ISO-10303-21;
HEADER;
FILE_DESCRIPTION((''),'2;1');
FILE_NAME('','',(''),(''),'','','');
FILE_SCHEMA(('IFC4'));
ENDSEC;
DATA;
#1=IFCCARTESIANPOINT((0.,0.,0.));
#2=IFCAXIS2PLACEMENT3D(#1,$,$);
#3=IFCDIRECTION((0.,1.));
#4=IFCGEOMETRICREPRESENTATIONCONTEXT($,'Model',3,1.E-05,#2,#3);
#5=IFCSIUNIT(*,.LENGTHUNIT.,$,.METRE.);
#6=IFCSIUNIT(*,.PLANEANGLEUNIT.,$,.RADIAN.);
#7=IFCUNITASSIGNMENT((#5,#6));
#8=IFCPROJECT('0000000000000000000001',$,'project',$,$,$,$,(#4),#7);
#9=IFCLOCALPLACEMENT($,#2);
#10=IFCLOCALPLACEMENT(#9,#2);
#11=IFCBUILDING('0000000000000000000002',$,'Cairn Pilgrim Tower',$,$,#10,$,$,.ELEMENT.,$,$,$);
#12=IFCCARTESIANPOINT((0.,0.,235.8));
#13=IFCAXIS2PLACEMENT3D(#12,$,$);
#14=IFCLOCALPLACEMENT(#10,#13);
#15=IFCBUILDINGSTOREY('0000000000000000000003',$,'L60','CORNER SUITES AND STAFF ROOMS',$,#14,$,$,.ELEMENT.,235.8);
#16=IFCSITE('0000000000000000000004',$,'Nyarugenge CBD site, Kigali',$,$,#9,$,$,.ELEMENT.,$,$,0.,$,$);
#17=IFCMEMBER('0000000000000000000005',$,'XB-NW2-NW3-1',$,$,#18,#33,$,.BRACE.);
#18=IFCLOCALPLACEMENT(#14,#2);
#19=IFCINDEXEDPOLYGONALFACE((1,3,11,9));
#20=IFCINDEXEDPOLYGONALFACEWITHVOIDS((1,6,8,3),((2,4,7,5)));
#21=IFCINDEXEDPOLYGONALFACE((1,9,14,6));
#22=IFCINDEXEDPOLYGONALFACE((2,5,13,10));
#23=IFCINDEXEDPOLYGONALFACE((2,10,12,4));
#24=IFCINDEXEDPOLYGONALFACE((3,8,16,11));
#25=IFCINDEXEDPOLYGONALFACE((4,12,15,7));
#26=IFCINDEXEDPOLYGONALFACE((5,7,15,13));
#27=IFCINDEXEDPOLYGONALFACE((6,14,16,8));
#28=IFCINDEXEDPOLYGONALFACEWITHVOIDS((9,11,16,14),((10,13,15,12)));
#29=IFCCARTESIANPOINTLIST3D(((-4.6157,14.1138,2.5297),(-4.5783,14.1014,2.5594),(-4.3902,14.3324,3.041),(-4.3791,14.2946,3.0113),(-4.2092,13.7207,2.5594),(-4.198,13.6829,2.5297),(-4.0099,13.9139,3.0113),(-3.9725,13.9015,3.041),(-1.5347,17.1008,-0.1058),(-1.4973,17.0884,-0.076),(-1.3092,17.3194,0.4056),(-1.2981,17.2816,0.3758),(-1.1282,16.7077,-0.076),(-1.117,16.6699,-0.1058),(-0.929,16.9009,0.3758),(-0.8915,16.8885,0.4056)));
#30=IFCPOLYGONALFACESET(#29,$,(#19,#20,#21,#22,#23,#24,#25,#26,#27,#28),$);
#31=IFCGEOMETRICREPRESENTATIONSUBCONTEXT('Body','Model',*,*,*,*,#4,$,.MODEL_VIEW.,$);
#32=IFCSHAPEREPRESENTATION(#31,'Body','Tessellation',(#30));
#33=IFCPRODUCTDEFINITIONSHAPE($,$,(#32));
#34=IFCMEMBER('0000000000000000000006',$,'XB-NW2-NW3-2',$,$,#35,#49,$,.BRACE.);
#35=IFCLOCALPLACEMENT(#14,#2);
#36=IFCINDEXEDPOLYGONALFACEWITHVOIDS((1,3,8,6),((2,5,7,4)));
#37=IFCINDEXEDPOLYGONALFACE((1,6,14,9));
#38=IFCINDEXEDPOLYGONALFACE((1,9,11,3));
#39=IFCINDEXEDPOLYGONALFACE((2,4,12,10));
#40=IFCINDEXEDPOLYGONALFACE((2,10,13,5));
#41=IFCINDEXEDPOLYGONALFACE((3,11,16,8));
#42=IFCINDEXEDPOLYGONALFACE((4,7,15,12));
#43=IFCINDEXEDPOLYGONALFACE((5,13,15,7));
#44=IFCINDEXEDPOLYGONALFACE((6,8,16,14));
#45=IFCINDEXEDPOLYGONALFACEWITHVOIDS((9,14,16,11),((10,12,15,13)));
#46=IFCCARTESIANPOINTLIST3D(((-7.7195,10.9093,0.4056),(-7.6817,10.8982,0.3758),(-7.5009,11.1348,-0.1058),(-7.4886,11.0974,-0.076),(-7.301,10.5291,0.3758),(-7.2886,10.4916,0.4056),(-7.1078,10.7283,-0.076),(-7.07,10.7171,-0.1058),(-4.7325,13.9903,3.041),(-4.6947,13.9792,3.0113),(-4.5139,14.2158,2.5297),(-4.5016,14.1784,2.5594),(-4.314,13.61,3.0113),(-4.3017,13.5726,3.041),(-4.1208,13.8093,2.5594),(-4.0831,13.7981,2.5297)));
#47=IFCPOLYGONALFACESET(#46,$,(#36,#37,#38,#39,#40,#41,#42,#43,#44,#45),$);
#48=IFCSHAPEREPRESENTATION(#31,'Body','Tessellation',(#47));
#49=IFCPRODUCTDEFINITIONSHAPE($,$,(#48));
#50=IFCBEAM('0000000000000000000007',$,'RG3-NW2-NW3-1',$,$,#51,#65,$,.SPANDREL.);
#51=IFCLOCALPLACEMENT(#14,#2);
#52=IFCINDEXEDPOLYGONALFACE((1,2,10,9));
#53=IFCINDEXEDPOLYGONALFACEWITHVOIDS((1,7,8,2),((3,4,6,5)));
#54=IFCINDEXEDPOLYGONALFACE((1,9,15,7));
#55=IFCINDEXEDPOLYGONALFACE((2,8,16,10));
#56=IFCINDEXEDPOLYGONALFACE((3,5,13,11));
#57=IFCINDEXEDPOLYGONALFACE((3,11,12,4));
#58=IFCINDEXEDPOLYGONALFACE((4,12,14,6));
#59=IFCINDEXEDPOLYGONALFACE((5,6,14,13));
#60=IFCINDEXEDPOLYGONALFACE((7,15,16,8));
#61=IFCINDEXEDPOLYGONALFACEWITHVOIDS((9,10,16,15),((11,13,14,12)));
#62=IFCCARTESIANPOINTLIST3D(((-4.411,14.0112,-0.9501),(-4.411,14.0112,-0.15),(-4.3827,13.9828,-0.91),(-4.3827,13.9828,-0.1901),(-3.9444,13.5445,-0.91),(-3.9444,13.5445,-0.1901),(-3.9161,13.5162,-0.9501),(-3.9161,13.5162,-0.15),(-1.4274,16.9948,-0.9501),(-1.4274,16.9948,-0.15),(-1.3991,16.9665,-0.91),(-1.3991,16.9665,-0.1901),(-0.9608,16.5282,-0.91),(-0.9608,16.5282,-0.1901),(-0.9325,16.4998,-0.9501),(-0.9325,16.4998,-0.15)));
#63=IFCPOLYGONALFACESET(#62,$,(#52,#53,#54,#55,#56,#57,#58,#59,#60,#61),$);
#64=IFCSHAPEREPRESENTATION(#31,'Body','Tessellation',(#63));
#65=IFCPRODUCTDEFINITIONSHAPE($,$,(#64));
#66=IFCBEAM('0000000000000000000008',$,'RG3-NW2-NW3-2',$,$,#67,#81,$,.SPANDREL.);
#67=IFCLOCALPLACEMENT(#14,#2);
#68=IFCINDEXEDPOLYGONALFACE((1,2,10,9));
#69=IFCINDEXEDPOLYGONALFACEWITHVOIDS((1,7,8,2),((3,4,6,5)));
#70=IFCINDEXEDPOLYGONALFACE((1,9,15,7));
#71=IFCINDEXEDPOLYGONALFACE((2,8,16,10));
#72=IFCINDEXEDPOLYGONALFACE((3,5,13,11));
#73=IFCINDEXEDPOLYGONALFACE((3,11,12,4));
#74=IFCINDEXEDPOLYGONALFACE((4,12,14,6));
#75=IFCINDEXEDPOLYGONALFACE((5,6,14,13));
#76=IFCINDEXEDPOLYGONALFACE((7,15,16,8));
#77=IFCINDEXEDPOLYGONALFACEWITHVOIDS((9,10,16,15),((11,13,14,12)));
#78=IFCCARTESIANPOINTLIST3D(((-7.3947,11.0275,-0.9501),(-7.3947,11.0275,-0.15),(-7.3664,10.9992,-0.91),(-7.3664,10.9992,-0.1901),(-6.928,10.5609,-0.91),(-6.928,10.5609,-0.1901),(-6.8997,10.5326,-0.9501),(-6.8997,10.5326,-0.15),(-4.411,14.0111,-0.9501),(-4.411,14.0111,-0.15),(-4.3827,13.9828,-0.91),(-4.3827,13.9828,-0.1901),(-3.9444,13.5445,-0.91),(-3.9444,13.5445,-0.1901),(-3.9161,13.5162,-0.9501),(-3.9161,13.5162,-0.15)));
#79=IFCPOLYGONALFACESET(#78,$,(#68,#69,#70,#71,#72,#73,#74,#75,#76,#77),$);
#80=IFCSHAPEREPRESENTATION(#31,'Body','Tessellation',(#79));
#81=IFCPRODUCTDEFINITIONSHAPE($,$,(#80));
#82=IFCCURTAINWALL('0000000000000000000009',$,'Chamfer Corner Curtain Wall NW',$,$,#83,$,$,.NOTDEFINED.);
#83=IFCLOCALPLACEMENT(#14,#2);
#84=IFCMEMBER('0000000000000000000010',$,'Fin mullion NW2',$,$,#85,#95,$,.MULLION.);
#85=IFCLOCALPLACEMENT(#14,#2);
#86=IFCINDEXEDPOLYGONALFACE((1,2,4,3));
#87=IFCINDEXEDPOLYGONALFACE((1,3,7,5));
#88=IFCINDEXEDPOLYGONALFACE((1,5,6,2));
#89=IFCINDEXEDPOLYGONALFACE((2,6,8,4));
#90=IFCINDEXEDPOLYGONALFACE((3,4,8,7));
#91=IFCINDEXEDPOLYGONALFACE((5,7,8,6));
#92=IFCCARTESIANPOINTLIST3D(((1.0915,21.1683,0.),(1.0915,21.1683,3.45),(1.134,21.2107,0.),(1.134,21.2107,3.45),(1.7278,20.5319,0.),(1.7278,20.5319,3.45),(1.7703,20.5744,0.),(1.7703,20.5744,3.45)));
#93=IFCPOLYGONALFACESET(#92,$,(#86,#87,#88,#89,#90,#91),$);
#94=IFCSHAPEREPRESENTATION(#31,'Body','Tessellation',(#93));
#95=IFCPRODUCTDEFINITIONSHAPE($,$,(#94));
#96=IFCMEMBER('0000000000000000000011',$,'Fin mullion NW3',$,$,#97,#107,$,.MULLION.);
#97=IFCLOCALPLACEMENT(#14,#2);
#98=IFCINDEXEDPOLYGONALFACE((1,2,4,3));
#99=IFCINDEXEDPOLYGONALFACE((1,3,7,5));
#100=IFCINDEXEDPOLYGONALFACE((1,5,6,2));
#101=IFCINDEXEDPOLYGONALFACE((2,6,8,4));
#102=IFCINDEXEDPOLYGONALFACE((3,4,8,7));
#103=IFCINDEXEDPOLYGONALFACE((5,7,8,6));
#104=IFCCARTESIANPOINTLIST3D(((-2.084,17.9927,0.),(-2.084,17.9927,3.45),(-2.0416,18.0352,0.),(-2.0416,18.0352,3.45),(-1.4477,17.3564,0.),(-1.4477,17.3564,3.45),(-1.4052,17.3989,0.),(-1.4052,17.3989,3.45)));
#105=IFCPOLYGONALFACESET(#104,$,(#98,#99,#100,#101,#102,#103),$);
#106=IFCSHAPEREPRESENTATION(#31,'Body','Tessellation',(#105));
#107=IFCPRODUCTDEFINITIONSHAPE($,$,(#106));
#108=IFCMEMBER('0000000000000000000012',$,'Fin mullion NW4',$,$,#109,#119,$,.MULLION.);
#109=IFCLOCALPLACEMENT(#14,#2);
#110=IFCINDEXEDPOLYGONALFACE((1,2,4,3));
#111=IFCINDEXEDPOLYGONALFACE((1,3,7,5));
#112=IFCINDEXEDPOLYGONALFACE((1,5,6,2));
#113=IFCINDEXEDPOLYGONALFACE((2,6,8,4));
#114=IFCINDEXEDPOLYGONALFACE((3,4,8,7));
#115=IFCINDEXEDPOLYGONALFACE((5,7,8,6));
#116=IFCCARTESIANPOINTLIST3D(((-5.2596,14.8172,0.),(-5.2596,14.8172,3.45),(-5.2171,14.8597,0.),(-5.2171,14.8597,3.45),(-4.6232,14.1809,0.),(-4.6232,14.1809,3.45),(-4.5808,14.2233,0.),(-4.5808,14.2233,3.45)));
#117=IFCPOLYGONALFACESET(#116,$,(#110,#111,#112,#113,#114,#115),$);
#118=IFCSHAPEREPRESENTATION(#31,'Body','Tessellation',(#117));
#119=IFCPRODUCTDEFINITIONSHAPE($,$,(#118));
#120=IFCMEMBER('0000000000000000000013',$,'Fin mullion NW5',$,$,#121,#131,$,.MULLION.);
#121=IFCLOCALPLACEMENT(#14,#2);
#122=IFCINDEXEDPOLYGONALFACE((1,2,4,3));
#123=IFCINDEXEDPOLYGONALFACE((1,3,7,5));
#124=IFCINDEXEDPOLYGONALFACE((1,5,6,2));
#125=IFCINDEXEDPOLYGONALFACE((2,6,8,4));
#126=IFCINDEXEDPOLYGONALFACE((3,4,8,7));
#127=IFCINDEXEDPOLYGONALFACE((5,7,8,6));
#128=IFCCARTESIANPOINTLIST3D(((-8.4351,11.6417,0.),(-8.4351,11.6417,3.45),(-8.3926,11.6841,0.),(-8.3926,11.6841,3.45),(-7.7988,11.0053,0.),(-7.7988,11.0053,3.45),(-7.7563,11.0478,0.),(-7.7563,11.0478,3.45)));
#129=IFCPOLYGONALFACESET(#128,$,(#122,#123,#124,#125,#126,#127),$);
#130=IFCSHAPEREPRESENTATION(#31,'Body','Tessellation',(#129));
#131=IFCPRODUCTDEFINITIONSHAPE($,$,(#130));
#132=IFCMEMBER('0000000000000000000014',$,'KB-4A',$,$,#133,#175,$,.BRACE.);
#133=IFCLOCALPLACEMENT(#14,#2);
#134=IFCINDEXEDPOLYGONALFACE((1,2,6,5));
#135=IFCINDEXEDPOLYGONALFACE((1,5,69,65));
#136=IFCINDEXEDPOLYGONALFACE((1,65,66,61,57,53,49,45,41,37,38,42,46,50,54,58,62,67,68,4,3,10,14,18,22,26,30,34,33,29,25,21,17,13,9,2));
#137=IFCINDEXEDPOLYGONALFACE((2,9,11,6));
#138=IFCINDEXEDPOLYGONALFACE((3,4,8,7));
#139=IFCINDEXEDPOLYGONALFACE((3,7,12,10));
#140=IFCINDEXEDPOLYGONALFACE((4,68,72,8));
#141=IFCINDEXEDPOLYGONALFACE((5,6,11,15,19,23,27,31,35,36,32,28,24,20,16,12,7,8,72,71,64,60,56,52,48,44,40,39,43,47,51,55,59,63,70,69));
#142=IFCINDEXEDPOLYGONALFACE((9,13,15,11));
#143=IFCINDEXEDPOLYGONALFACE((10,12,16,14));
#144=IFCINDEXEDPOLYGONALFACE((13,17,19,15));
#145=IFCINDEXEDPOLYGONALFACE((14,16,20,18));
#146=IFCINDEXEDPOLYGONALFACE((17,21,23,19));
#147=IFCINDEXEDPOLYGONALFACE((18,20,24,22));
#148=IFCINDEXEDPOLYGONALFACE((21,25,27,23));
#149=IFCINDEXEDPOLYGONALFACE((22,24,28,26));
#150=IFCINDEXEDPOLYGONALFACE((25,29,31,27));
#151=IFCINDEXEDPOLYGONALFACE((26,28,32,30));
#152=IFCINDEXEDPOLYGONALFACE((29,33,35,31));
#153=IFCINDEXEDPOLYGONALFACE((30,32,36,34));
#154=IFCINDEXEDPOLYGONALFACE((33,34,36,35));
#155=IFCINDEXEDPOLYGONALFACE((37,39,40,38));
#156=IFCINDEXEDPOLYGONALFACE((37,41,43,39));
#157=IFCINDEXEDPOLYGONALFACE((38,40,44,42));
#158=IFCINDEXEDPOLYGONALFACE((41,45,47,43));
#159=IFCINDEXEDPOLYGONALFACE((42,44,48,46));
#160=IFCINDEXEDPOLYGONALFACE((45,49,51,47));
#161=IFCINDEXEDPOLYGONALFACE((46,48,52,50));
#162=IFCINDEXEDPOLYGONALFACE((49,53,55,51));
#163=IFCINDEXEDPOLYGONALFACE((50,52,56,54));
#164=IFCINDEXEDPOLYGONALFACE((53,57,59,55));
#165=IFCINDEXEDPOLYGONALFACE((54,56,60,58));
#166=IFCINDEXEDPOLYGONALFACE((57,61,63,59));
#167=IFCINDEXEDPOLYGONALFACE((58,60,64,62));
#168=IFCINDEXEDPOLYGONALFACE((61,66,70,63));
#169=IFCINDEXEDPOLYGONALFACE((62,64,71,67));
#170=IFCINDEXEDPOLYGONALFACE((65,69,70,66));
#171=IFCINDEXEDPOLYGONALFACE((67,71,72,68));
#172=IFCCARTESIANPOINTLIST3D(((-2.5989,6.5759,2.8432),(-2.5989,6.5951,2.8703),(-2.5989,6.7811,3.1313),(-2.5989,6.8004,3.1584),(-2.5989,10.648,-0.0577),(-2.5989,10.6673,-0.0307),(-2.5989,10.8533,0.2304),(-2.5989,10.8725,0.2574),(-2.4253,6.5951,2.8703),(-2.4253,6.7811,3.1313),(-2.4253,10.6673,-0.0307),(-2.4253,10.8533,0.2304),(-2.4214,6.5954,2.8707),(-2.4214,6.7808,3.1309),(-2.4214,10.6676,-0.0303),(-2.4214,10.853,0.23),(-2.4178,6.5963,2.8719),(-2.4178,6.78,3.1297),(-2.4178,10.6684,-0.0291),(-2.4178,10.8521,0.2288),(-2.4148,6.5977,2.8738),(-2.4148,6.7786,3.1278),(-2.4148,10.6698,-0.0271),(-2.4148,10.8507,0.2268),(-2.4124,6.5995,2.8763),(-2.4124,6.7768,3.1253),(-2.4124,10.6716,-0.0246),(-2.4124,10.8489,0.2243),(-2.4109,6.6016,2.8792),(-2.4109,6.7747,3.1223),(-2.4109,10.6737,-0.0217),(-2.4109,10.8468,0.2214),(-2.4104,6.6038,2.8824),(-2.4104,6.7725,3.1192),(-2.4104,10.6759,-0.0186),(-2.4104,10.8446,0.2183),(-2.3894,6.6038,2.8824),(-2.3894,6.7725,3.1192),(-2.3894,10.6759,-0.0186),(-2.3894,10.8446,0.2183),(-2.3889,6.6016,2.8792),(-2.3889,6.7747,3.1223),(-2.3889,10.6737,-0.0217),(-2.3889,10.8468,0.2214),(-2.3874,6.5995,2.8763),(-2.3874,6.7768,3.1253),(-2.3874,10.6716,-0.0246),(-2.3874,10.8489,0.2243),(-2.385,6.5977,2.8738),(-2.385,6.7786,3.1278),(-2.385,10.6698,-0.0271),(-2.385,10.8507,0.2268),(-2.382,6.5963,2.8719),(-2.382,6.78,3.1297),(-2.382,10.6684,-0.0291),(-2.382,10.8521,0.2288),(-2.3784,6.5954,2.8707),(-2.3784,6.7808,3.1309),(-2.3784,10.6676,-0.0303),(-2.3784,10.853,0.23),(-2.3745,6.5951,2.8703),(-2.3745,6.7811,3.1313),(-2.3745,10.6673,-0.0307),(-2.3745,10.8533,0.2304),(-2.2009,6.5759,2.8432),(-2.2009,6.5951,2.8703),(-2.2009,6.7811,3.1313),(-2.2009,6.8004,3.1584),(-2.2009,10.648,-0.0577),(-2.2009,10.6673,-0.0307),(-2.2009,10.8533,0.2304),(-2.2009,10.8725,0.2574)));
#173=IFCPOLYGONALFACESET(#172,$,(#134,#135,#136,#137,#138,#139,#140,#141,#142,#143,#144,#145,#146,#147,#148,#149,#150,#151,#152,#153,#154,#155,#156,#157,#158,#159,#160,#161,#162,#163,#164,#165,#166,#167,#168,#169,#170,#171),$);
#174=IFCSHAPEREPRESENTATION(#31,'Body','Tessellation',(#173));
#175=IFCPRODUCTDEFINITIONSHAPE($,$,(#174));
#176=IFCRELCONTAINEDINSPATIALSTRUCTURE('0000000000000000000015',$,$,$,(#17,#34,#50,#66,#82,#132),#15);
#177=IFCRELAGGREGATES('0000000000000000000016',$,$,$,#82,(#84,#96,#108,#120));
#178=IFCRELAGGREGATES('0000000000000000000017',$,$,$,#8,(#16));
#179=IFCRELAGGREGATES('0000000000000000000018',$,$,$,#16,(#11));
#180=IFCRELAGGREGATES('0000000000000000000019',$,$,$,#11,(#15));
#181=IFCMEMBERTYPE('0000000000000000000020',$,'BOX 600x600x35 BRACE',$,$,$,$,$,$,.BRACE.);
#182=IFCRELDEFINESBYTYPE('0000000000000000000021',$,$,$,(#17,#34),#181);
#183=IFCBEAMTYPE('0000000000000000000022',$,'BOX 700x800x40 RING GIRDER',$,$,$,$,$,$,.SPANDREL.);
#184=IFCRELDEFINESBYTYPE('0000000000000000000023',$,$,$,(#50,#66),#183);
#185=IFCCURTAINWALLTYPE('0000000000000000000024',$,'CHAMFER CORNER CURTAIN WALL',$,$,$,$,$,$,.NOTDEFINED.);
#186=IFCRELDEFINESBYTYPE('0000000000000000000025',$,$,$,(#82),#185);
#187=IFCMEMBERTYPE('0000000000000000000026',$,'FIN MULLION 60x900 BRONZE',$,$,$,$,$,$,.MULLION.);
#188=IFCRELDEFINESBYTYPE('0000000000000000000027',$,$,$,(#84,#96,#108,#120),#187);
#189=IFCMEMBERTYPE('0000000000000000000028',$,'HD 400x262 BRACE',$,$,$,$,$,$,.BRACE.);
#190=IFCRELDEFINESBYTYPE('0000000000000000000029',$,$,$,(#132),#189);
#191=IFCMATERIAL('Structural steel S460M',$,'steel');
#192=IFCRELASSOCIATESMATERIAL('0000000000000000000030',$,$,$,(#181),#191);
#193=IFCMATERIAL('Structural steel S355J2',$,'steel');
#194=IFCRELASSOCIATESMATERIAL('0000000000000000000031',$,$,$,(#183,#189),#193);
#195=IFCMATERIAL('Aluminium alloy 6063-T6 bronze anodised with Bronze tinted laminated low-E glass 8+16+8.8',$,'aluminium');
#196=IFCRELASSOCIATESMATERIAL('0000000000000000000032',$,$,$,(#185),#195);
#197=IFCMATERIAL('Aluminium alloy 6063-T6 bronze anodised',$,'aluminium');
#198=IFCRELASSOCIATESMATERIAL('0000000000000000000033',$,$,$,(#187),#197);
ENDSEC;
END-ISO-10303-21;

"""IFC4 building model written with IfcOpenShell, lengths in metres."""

from ifc_helpers import new_model, si_unit, direction, frame, origin, origin_2d, place, context, subcontext, project, spatial, rectangle, hollow_rectangle, i_section, extrude, material, material_profile, profile_set, type_object, element, aggregate, save


model = new_model("IFC4")

# Units and contexts
model_context = context("Model", 3, precision=1e-05, world=origin(), true_north=direction((0.0, 1.0)))
body_context = subcontext(model_context, "Body", "Model", "MODEL_VIEW")
ifc_project = project(units=[si_unit("LENGTHUNIT", "METRE"), si_unit("PLANEANGLEUNIT", "RADIAN")], contexts=[model_context])

# Site, building, storey
site_placement = place(None, origin())
site = spatial("IfcSite", under=ifc_project, at=site_placement, Name="Nyarugenge CBD site, Kigali", CompositionType="ELEMENT", RefElevation=0.0)
building_placement = place(site_placement, origin())
building = spatial("IfcBuilding", under=site, at=building_placement, Name="Cairn Pilgrim Tower", CompositionType="ELEMENT")
storey_placement = place(building_placement, frame((0.0, 0.0, 235.8)))
storey = spatial("IfcBuildingStorey", under=building, at=storey_placement, Name="L60", Description="CORNER SUITES AND STAFF ROOMS", CompositionType="ELEMENT", Elevation=235.8)

# Shared definitions
ifc_material_1 = material(Name="Structural steel S355J2", Category="steel")
ifc_material_2 = material(Name="Structural steel S460M", Category="steel")

# Members
ifc_material_profile_1 = material_profile(ifc_material_2, hollow_rectangle(XDim=0.6001, YDim=0.6001, WallThickness=0.0349, at=origin_2d()), Name="BOX 600x600x35")
ifc_profile_set_1 = profile_set([ifc_material_profile_1], Name="Structural steel S460M")
member_type_1 = type_object("IfcMemberType", Name="BOX 600x600x35 BRACE", PredefinedType="BRACE", material=ifc_profile_set_1)
for number, where, z_axis, x_axis, name in (
    (1, (-1.2131, 16.9946, 0.1499), (-0.611806, -0.593142, 0.523332), (0.69607, -0.717974, 0.0), "XB-NW2-NW3-1"),
    (2, (-7.3948, 10.8132, 0.1499), (0.593142, 0.611806, 0.523332), (-0.717974, 0.69607, 0.0), "XB-NW2-NW3-2"),
):
    element("IfcMember", number, at=place(storey_placement, frame(where, z_axis=z_axis, x_axis=x_axis)), inside=storey, type_object=member_type_1, Name=name, PredefinedType="BRACE", context=body_context, shape_type="SweptSolid", body=[
        extrude(hollow_rectangle(XDim=0.6001, YDim=0.6001, WallThickness=0.0349, at=origin_2d()), origin(), (0.0, 0.0, 1.0), 5.0359),
    ])

# Beams
ifc_material_profile_2 = material_profile(ifc_material_1, hollow_rectangle(XDim=0.7, YDim=0.8, WallThickness=0.04, at=origin_2d()), Name="BOX 700x800x40")
ifc_profile_set_2 = profile_set([ifc_material_profile_2], Name="Structural steel S355J2")
beam_type_1 = type_object("IfcBeamType", Name="BOX 700x800x40 RING GIRDER", PredefinedType="SPANDREL", material=ifc_profile_set_2)
for number, where, z_axis, x_axis, name in (
    (3, (-1.1799, 16.7473, -0.55), (-0.707107, -0.707107, 0.0), (0.707107, -0.707107, 0.0), "RG3-NW2-NW3-1"),
    (4, (-4.1636, 13.7637, -0.55), (-0.707107, -0.707107, 0.0), (0.707107, -0.707107, 0.0), "RG3-NW2-NW3-2"),
):
    element("IfcBeam", number, at=place(storey_placement, frame(where, z_axis=z_axis, x_axis=x_axis)), inside=storey, type_object=beam_type_1, Name=name, PredefinedType="SPANDREL", context=body_context, shape_type="SweptSolid", body=[
        extrude(hollow_rectangle(XDim=0.7, YDim=0.8, WallThickness=0.04, at=origin_2d()), origin(), (0.0, 0.0, 1.0), 4.2195),
    ])

# Curtain wall, members
ifc_material_3 = material(Name="Aluminium alloy 6063-T6 bronze anodised with Bronze tinted laminated low-E glass 8+16+8.8", Category="aluminium")
curtain_wall_type = type_object("IfcCurtainWallType", Name="CHAMFER CORNER CURTAIN WALL", PredefinedType="NOTDEFINED", material=ifc_material_3)
curtain_wall_placement = place(storey_placement, origin())
curtain_wall = element("IfcCurtainWall", 5, at=curtain_wall_placement, inside=storey, type_object=curtain_wall_type, Name="Chamfer Corner Curtain Wall NW", PredefinedType="NOTDEFINED")
ifc_material_4 = material(Name="Aluminium alloy 6063-T6 bronze anodised", Category="aluminium")
ifc_material_profile_3 = material_profile(ifc_material_4, rectangle(XDim=0.8999, YDim=0.0601, at=origin_2d()), Name="FIN MULLION 60x900 BRONZE")
ifc_profile_set_3 = profile_set([ifc_material_profile_3], Name="Aluminium alloy 6063-T6 bronze anodised")
member_type_2 = type_object("IfcMemberType", Name="FIN MULLION 60x900 BRONZE", PredefinedType="MULLION", material=ifc_profile_set_3)
member_1_placement = place(storey_placement, frame((1.4309, 20.8713, 0.0), z_axis=(0.0, 0.0, 1.0), x_axis=(-0.707107, 0.707107, 0.0)))
member_1 = element("IfcMember", 6, at=member_1_placement, type_object=member_type_2, Name="Fin mullion NW2", PredefinedType="MULLION", context=body_context, shape_type="SweptSolid", body=[
    extrude(rectangle(XDim=0.8999, YDim=0.0601, at=origin_2d()), origin(), (0.0, 0.0, 1.0), 3.45),
])
member_2_placement = place(storey_placement, frame((-1.7446, 17.6958, 0.0), z_axis=(0.0, 0.0, 1.0), x_axis=(-0.707107, 0.707107, 0.0)))
member_2 = element("IfcMember", 7, at=member_2_placement, type_object=member_type_2, Name="Fin mullion NW3", PredefinedType="MULLION", context=body_context, shape_type="SweptSolid", body=[
    extrude(rectangle(XDim=0.8999, YDim=0.0601, at=origin_2d()), origin(), (0.0, 0.0, 1.0), 3.45),
])
member_3_placement = place(storey_placement, frame((-4.9202, 14.5203, 0.0), z_axis=(0.0, 0.0, 1.0), x_axis=(-0.707107, 0.707107, 0.0)))
member_3 = element("IfcMember", 8, at=member_3_placement, type_object=member_type_2, Name="Fin mullion NW4", PredefinedType="MULLION", context=body_context, shape_type="SweptSolid", body=[
    extrude(rectangle(XDim=0.8999, YDim=0.0601, at=origin_2d()), origin(), (0.0, 0.0, 1.0), 3.45),
])
member_4_placement = place(storey_placement, frame((-8.0957, 11.3447, 0.0), z_axis=(0.0, 0.0, 1.0), x_axis=(-0.707107, 0.707107, 0.0)))
member_4 = element("IfcMember", 9, at=member_4_placement, type_object=member_type_2, Name="Fin mullion NW5", PredefinedType="MULLION", context=body_context, shape_type="SweptSolid", body=[
    extrude(rectangle(XDim=0.8999, YDim=0.0601, at=origin_2d()), origin(), (0.0, 0.0, 1.0), 3.45),
])

# Member
ifc_material_profile_4 = material_profile(ifc_material_1, i_section(OverallWidth=0.3979, OverallDepth=0.387, WebThickness=0.021, FlangeThickness=0.0332, FilletRadius=0.0149, at=origin_2d()), Name="HD 400x262")
ifc_profile_set_4 = profile_set([ifc_material_profile_4], Name="Structural steel S355J2")
member_type_3 = type_object("IfcMemberType", Name="HD 400x262 BRACE", PredefinedType="BRACE", material=ifc_profile_set_4)
member_5_placement = place(storey_placement, frame((-2.3999, 10.7603, 0.0999), z_axis=(0.0, -0.814462, 0.580217), x_axis=(1.0, 0.0, 0.0)))
element("IfcMember", 10, at=member_5_placement, inside=storey, type_object=member_type_3, Name="KB-4A", PredefinedType="BRACE", context=body_context, shape_type="SweptSolid", body=[
    extrude(i_section(OverallWidth=0.3979, OverallDepth=0.387, WebThickness=0.021, FlangeThickness=0.0332, FilletRadius=0.0149, at=origin_2d()), origin(), (0.0, 0.0, 1.0), 4.9998),
])

aggregate(curtain_wall, [member_1, member_2, member_3, member_4])

save(model, "model.ifc")
